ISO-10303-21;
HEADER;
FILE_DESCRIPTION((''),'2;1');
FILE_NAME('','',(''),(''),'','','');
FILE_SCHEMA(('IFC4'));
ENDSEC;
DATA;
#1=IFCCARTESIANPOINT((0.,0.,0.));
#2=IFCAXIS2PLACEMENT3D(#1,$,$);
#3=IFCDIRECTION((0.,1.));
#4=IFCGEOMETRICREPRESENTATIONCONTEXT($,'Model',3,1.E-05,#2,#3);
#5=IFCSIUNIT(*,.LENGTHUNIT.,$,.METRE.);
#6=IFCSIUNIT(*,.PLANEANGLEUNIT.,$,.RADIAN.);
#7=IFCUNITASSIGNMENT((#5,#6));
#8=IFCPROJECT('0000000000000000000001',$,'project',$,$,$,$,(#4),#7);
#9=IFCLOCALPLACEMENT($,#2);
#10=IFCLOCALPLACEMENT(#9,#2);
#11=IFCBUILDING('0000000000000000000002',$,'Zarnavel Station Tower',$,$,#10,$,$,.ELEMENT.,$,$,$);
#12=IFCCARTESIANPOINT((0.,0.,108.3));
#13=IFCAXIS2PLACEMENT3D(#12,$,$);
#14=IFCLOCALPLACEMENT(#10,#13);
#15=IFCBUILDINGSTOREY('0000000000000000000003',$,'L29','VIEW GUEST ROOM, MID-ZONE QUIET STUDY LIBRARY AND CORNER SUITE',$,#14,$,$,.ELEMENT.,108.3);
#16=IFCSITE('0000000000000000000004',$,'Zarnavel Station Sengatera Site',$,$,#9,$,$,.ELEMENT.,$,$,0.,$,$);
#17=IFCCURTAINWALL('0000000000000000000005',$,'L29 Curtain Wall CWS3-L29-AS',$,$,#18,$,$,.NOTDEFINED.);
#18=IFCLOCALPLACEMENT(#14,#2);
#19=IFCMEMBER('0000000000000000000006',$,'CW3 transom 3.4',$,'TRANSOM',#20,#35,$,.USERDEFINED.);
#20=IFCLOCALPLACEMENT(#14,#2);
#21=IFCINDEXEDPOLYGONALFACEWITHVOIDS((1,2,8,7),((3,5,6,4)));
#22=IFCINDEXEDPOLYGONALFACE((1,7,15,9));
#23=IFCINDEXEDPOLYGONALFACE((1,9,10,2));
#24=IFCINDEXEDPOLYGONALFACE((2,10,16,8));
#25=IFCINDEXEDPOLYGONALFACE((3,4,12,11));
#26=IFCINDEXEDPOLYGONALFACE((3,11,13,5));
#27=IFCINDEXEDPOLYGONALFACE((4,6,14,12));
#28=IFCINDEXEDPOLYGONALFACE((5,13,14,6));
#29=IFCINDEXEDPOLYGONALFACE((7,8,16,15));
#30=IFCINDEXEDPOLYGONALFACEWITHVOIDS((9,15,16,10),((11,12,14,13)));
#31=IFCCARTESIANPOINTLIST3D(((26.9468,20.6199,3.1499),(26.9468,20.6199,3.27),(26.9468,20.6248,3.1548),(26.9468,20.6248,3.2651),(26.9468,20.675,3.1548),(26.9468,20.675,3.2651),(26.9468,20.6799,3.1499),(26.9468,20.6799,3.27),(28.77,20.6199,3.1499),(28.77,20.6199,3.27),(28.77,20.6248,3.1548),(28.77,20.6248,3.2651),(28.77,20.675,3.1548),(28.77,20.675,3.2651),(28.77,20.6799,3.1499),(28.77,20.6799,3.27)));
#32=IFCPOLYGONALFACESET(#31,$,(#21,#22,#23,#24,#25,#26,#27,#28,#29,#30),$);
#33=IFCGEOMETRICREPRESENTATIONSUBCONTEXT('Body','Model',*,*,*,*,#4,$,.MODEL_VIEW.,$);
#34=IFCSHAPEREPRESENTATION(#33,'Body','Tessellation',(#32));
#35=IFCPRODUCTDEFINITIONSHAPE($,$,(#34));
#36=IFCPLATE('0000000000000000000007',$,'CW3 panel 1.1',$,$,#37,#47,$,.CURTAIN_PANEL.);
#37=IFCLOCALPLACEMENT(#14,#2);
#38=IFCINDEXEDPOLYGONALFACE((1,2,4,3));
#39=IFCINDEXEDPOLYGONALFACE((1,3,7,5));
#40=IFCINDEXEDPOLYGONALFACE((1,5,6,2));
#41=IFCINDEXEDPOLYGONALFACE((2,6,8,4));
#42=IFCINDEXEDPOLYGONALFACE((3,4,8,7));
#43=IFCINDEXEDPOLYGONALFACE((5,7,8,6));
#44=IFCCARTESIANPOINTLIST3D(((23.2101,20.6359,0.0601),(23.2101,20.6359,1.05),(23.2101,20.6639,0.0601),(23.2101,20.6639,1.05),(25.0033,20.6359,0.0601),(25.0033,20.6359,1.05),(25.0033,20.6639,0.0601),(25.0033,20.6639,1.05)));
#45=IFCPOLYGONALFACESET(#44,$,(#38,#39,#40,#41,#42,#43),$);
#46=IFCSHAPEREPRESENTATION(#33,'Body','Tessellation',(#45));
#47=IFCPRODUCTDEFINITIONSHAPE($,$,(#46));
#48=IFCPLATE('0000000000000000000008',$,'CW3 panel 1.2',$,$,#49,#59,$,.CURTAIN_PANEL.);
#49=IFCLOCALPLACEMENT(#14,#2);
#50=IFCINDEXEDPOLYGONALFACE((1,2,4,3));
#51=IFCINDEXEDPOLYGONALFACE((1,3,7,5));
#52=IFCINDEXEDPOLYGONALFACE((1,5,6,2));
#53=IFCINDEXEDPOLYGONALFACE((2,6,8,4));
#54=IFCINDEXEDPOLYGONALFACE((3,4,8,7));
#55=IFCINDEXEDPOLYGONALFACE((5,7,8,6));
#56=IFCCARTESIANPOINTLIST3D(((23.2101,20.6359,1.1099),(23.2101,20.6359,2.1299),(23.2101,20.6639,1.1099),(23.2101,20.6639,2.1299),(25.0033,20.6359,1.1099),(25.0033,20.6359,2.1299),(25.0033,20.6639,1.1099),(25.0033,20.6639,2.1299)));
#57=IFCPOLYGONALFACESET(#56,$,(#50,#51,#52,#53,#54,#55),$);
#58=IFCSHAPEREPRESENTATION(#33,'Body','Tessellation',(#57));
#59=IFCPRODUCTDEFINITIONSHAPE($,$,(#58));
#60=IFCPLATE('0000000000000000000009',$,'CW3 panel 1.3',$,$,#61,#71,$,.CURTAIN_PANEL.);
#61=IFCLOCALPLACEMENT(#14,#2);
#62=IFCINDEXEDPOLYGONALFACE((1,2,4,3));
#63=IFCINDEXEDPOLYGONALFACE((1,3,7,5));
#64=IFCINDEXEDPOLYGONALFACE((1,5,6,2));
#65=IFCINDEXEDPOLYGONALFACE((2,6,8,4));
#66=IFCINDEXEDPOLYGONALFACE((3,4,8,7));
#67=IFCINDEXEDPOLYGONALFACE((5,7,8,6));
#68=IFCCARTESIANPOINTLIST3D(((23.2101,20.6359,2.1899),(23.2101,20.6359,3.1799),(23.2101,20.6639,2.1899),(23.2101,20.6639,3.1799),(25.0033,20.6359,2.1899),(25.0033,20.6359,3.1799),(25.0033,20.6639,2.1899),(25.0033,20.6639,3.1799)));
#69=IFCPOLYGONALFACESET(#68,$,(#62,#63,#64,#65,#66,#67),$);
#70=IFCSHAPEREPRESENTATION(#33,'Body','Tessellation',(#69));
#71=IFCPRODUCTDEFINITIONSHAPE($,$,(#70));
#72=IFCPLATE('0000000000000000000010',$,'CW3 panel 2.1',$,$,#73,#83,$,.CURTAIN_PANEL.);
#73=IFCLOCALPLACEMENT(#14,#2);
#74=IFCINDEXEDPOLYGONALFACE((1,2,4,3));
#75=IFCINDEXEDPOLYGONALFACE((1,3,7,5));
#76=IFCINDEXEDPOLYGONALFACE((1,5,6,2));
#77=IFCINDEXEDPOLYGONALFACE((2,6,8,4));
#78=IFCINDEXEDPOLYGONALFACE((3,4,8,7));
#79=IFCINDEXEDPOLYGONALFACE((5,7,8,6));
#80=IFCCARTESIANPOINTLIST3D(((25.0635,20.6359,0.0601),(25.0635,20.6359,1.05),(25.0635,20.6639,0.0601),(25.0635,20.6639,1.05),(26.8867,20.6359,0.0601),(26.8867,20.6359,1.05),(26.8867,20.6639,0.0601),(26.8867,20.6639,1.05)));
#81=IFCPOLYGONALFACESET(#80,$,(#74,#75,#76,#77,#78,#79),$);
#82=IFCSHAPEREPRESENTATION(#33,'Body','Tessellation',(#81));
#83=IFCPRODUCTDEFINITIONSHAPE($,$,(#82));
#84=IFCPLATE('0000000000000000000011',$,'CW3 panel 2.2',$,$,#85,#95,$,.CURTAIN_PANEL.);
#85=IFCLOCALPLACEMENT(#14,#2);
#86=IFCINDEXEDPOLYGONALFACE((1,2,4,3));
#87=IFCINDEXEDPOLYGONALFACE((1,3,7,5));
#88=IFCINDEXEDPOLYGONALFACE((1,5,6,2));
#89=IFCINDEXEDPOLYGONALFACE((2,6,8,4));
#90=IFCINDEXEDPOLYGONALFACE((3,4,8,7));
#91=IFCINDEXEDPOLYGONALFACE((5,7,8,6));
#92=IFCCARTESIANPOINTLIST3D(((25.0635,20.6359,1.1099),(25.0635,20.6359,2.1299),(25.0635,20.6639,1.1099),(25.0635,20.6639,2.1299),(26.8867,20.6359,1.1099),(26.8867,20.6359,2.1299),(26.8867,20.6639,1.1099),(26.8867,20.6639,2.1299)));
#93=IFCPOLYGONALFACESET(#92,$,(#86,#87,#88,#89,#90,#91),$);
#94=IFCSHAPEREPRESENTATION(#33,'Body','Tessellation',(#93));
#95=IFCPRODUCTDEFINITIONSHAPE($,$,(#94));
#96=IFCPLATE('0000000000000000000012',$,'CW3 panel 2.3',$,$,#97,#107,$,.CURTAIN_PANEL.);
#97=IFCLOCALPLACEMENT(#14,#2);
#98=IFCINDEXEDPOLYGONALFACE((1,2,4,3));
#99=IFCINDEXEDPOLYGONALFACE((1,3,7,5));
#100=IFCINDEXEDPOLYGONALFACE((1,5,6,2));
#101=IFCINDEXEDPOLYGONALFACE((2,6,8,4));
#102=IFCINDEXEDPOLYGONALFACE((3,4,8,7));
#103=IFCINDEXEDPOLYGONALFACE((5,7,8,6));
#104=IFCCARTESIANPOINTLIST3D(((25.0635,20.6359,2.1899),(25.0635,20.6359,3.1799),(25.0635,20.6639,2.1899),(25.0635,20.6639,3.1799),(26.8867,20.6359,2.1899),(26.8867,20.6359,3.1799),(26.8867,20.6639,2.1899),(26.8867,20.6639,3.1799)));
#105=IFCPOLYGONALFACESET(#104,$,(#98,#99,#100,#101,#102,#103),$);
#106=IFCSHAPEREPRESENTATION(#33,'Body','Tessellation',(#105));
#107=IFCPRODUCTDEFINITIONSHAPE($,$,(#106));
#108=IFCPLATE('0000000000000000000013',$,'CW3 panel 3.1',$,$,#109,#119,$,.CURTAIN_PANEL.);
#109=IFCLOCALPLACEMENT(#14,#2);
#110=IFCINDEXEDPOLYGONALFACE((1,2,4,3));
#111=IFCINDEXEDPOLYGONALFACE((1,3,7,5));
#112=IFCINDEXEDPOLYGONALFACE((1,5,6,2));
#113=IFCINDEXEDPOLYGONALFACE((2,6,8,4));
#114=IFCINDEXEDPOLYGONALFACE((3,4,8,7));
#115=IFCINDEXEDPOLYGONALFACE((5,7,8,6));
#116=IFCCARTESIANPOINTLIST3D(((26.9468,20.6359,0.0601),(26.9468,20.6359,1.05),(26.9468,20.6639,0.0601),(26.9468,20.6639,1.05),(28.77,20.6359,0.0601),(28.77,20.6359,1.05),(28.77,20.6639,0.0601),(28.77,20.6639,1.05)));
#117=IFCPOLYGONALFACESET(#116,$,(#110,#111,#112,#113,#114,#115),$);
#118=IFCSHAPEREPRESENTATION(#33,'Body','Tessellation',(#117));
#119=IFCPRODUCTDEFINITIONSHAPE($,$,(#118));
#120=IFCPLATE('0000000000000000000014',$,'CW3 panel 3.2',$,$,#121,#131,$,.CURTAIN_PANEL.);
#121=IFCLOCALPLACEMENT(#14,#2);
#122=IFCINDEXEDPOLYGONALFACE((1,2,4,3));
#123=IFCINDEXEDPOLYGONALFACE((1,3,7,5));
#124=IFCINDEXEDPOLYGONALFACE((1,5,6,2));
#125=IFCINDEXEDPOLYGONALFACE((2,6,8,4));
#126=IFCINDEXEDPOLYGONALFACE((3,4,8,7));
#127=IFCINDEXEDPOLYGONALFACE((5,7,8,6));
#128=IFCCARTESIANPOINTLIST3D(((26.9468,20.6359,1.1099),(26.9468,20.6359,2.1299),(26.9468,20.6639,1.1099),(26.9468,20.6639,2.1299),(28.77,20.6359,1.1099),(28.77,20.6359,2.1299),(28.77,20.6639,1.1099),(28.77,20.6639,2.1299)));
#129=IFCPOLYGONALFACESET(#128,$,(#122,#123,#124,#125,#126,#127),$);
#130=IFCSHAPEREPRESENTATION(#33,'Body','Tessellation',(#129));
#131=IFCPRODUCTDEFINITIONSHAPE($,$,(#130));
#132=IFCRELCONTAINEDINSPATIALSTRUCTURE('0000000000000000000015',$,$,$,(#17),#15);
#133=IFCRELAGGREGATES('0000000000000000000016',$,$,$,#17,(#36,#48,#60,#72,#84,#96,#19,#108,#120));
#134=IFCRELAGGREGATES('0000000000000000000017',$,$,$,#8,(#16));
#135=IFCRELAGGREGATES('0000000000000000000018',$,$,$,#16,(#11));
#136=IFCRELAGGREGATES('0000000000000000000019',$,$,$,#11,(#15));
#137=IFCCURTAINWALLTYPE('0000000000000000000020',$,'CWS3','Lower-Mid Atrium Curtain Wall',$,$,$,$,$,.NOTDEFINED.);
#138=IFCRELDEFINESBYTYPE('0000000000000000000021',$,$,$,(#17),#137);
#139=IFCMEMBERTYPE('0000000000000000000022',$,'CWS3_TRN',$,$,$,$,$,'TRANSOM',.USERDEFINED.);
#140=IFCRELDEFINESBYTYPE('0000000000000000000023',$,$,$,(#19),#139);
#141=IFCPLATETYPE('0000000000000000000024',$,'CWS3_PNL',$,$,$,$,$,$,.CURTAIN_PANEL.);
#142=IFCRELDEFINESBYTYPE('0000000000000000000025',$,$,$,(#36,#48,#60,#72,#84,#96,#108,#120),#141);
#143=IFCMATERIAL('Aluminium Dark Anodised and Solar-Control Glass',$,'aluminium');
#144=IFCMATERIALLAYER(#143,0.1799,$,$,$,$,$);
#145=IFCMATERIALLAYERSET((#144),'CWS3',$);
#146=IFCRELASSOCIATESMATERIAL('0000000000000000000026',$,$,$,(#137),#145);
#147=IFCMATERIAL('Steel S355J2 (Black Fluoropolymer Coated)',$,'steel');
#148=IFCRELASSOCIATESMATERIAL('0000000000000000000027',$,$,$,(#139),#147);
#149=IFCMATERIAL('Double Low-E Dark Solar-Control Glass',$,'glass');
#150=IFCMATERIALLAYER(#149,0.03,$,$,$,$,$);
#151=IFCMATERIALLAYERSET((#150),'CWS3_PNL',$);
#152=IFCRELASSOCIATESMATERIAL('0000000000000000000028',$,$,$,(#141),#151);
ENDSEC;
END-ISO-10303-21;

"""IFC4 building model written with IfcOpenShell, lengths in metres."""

from ifc_helpers import new_model, si_unit, direction, frame, origin, origin_2d, place, context, subcontext, project, spatial, rectangle, hollow_rectangle, extrude, material, layer, layer_set, material_profile, profile_set, type_object, element, aggregate, save


model = new_model("IFC4")

# Units and contexts
model_context = context("Model", 3, precision=1e-05, world=origin(), true_north=direction((0.0, 1.0)))
body_context = subcontext(model_context, "Body", "Model", "MODEL_VIEW")
ifc_project = project(units=[si_unit("LENGTHUNIT", "METRE"), si_unit("PLANEANGLEUNIT", "RADIAN")], contexts=[model_context])

# Site, building, storey
site_placement = place(None, origin())
site = spatial("IfcSite", under=ifc_project, at=site_placement, Name="Zarnavel Station Sengatera Site", CompositionType="ELEMENT", RefElevation=0.0)
building_placement = place(site_placement, origin())
building = spatial("IfcBuilding", under=site, at=building_placement, Name="Zarnavel Station Tower", CompositionType="ELEMENT")
storey_placement = place(building_placement, frame((0.0, 0.0, 108.3)))
storey = spatial("IfcBuildingStorey", under=building, at=storey_placement, Name="L29", Description="VIEW GUEST ROOM, MID-ZONE QUIET STUDY LIBRARY AND CORNER SUITE", CompositionType="ELEMENT", Elevation=108.3)

# Curtain wall, member, plates
ifc_material_1 = material(Name="Aluminium Dark Anodised and Solar-Control Glass", Category="aluminium")
ifc_layer_1 = layer(ifc_material_1, 0.1799)
ifc_layer_set_1 = layer_set([ifc_layer_1], Name="CWS3")
curtain_wall_type = type_object("IfcCurtainWallType", Name="CWS3", Description="Lower-Mid Atrium Curtain Wall", PredefinedType="NOTDEFINED", material=ifc_layer_set_1)
curtain_wall_placement = place(storey_placement, origin())
curtain_wall = element("IfcCurtainWall", 1, at=curtain_wall_placement, inside=storey, type_object=curtain_wall_type, Name="L29 Curtain Wall CWS3-L29-AS", PredefinedType="NOTDEFINED")
ifc_material_2 = material(Name="Steel S355J2 (Black Fluoropolymer Coated)", Category="steel")
ifc_material_profile_1 = material_profile(ifc_material_2, hollow_rectangle(XDim=0.0601, YDim=0.1201, WallThickness=0.0049, at=origin_2d()), Name="RHS120x60x5")
ifc_profile_set_1 = profile_set([ifc_material_profile_1], Name="Steel S355J2 (Black Fluoropolymer Coated)")
member_type_1 = type_object("IfcMemberType", Name="CWS3_TRN", ElementType="TRANSOM", PredefinedType="USERDEFINED", material=ifc_profile_set_1)
member_1_placement = place(storey_placement, frame((26.9468, 20.6499, 3.21), z_axis=(1.0, 0.0, 0.0), x_axis=(0.0, 1.0, 0.0)))
member_1 = element("IfcMember", 2, at=member_1_placement, type_object=member_type_1, Name="CW3 transom 3.4", ObjectType="TRANSOM", PredefinedType="USERDEFINED", context=body_context, shape_type="SweptSolid", body=[
    extrude(hollow_rectangle(XDim=0.0601, YDim=0.1201, WallThickness=0.0049, at=origin_2d()), origin(), (0.0, 0.0, 1.0), 1.8232),
])
ifc_material_3 = material(Name="Double Low-E Dark Solar-Control Glass", Category="glass")
ifc_layer_2 = layer(ifc_material_3, 0.03)
ifc_layer_set_2 = layer_set([ifc_layer_2], Name="CWS3_PNL")
plate_type = type_object("IfcPlateType", Name="CWS3_PNL", PredefinedType="CURTAIN_PANEL", material=ifc_layer_set_2)
plate_1_placement = place(storey_placement, frame((24.1067, 20.6499, 0.0601), z_axis=(0.0, 0.0, 1.0), x_axis=(1.0, 0.0, 0.0)))
plate_1 = element("IfcPlate", 3, at=plate_1_placement, type_object=plate_type, Name="CW3 panel 1.1", PredefinedType="CURTAIN_PANEL", context=body_context, shape_type="SweptSolid", body=[
    extrude(rectangle(XDim=1.7932, YDim=0.0281, at=origin_2d()), origin(), (0.0, 0.0, 1.0), 0.99),
])
plate_2_placement = place(storey_placement, frame((24.1067, 20.6499, 1.1099), z_axis=(0.0, 0.0, 1.0), x_axis=(1.0, 0.0, 0.0)))
plate_2 = element("IfcPlate", 4, at=plate_2_placement, type_object=plate_type, Name="CW3 panel 1.2", PredefinedType="CURTAIN_PANEL", context=body_context, shape_type="SweptSolid", body=[
    extrude(rectangle(XDim=1.7932, YDim=0.0281, at=origin_2d()), origin(), (0.0, 0.0, 1.0), 1.02),
])
plate_3_placement = place(storey_placement, frame((24.1067, 20.6499, 2.1899), z_axis=(0.0, 0.0, 1.0), x_axis=(1.0, 0.0, 0.0)))
plate_3 = element("IfcPlate", 5, at=plate_3_placement, type_object=plate_type, Name="CW3 panel 1.3", PredefinedType="CURTAIN_PANEL", context=body_context, shape_type="SweptSolid", body=[
    extrude(rectangle(XDim=1.7932, YDim=0.0281, at=origin_2d()), origin(), (0.0, 0.0, 1.0), 0.99),
])
plate_4_placement = place(storey_placement, frame((25.9751, 20.6499, 0.0601), z_axis=(0.0, 0.0, 1.0), x_axis=(1.0, 0.0, 0.0)))
plate_4 = element("IfcPlate", 6, at=plate_4_placement, type_object=plate_type, Name="CW3 panel 2.1", PredefinedType="CURTAIN_PANEL", context=body_context, shape_type="SweptSolid", body=[
    extrude(rectangle(XDim=1.8232, YDim=0.0281, at=origin_2d()), origin(), (0.0, 0.0, 1.0), 0.99),
])
plate_5_placement = place(storey_placement, frame((25.9751, 20.6499, 1.1099), z_axis=(0.0, 0.0, 1.0), x_axis=(1.0, 0.0, 0.0)))
plate_5 = element("IfcPlate", 7, at=plate_5_placement, type_object=plate_type, Name="CW3 panel 2.2", PredefinedType="CURTAIN_PANEL", context=body_context, shape_type="SweptSolid", body=[
    extrude(rectangle(XDim=1.8232, YDim=0.0281, at=origin_2d()), origin(), (0.0, 0.0, 1.0), 1.02),
])
plate_6_placement = place(storey_placement, frame((25.9751, 20.6499, 2.1899), z_axis=(0.0, 0.0, 1.0), x_axis=(1.0, 0.0, 0.0)))
plate_6 = element("IfcPlate", 8, at=plate_6_placement, type_object=plate_type, Name="CW3 panel 2.3", PredefinedType="CURTAIN_PANEL", context=body_context, shape_type="SweptSolid", body=[
    extrude(rectangle(XDim=1.8232, YDim=0.0281, at=origin_2d()), origin(), (0.0, 0.0, 1.0), 0.99),
])
plate_7_placement = place(storey_placement, frame((27.8584, 20.6499, 0.0601), z_axis=(0.0, 0.0, 1.0), x_axis=(1.0, 0.0, 0.0)))
plate_7 = element("IfcPlate", 9, at=plate_7_placement, type_object=plate_type, Name="CW3 panel 3.1", PredefinedType="CURTAIN_PANEL", context=body_context, shape_type="SweptSolid", body=[
    extrude(rectangle(XDim=1.8232, YDim=0.0281, at=origin_2d()), origin(), (0.0, 0.0, 1.0), 0.99),
])
plate_8_placement = place(storey_placement, frame((27.8584, 20.6499, 1.1099), z_axis=(0.0, 0.0, 1.0), x_axis=(1.0, 0.0, 0.0)))
plate_8 = element("IfcPlate", 10, at=plate_8_placement, type_object=plate_type, Name="CW3 panel 3.2", PredefinedType="CURTAIN_PANEL", context=body_context, shape_type="SweptSolid", body=[
    extrude(rectangle(XDim=1.8232, YDim=0.0281, at=origin_2d()), origin(), (0.0, 0.0, 1.0), 1.02),
])
aggregate(curtain_wall, [plate_1, plate_2, plate_3, plate_4, plate_5, plate_6, member_1, plate_7, plate_8])

save(model, "model.ifc")
